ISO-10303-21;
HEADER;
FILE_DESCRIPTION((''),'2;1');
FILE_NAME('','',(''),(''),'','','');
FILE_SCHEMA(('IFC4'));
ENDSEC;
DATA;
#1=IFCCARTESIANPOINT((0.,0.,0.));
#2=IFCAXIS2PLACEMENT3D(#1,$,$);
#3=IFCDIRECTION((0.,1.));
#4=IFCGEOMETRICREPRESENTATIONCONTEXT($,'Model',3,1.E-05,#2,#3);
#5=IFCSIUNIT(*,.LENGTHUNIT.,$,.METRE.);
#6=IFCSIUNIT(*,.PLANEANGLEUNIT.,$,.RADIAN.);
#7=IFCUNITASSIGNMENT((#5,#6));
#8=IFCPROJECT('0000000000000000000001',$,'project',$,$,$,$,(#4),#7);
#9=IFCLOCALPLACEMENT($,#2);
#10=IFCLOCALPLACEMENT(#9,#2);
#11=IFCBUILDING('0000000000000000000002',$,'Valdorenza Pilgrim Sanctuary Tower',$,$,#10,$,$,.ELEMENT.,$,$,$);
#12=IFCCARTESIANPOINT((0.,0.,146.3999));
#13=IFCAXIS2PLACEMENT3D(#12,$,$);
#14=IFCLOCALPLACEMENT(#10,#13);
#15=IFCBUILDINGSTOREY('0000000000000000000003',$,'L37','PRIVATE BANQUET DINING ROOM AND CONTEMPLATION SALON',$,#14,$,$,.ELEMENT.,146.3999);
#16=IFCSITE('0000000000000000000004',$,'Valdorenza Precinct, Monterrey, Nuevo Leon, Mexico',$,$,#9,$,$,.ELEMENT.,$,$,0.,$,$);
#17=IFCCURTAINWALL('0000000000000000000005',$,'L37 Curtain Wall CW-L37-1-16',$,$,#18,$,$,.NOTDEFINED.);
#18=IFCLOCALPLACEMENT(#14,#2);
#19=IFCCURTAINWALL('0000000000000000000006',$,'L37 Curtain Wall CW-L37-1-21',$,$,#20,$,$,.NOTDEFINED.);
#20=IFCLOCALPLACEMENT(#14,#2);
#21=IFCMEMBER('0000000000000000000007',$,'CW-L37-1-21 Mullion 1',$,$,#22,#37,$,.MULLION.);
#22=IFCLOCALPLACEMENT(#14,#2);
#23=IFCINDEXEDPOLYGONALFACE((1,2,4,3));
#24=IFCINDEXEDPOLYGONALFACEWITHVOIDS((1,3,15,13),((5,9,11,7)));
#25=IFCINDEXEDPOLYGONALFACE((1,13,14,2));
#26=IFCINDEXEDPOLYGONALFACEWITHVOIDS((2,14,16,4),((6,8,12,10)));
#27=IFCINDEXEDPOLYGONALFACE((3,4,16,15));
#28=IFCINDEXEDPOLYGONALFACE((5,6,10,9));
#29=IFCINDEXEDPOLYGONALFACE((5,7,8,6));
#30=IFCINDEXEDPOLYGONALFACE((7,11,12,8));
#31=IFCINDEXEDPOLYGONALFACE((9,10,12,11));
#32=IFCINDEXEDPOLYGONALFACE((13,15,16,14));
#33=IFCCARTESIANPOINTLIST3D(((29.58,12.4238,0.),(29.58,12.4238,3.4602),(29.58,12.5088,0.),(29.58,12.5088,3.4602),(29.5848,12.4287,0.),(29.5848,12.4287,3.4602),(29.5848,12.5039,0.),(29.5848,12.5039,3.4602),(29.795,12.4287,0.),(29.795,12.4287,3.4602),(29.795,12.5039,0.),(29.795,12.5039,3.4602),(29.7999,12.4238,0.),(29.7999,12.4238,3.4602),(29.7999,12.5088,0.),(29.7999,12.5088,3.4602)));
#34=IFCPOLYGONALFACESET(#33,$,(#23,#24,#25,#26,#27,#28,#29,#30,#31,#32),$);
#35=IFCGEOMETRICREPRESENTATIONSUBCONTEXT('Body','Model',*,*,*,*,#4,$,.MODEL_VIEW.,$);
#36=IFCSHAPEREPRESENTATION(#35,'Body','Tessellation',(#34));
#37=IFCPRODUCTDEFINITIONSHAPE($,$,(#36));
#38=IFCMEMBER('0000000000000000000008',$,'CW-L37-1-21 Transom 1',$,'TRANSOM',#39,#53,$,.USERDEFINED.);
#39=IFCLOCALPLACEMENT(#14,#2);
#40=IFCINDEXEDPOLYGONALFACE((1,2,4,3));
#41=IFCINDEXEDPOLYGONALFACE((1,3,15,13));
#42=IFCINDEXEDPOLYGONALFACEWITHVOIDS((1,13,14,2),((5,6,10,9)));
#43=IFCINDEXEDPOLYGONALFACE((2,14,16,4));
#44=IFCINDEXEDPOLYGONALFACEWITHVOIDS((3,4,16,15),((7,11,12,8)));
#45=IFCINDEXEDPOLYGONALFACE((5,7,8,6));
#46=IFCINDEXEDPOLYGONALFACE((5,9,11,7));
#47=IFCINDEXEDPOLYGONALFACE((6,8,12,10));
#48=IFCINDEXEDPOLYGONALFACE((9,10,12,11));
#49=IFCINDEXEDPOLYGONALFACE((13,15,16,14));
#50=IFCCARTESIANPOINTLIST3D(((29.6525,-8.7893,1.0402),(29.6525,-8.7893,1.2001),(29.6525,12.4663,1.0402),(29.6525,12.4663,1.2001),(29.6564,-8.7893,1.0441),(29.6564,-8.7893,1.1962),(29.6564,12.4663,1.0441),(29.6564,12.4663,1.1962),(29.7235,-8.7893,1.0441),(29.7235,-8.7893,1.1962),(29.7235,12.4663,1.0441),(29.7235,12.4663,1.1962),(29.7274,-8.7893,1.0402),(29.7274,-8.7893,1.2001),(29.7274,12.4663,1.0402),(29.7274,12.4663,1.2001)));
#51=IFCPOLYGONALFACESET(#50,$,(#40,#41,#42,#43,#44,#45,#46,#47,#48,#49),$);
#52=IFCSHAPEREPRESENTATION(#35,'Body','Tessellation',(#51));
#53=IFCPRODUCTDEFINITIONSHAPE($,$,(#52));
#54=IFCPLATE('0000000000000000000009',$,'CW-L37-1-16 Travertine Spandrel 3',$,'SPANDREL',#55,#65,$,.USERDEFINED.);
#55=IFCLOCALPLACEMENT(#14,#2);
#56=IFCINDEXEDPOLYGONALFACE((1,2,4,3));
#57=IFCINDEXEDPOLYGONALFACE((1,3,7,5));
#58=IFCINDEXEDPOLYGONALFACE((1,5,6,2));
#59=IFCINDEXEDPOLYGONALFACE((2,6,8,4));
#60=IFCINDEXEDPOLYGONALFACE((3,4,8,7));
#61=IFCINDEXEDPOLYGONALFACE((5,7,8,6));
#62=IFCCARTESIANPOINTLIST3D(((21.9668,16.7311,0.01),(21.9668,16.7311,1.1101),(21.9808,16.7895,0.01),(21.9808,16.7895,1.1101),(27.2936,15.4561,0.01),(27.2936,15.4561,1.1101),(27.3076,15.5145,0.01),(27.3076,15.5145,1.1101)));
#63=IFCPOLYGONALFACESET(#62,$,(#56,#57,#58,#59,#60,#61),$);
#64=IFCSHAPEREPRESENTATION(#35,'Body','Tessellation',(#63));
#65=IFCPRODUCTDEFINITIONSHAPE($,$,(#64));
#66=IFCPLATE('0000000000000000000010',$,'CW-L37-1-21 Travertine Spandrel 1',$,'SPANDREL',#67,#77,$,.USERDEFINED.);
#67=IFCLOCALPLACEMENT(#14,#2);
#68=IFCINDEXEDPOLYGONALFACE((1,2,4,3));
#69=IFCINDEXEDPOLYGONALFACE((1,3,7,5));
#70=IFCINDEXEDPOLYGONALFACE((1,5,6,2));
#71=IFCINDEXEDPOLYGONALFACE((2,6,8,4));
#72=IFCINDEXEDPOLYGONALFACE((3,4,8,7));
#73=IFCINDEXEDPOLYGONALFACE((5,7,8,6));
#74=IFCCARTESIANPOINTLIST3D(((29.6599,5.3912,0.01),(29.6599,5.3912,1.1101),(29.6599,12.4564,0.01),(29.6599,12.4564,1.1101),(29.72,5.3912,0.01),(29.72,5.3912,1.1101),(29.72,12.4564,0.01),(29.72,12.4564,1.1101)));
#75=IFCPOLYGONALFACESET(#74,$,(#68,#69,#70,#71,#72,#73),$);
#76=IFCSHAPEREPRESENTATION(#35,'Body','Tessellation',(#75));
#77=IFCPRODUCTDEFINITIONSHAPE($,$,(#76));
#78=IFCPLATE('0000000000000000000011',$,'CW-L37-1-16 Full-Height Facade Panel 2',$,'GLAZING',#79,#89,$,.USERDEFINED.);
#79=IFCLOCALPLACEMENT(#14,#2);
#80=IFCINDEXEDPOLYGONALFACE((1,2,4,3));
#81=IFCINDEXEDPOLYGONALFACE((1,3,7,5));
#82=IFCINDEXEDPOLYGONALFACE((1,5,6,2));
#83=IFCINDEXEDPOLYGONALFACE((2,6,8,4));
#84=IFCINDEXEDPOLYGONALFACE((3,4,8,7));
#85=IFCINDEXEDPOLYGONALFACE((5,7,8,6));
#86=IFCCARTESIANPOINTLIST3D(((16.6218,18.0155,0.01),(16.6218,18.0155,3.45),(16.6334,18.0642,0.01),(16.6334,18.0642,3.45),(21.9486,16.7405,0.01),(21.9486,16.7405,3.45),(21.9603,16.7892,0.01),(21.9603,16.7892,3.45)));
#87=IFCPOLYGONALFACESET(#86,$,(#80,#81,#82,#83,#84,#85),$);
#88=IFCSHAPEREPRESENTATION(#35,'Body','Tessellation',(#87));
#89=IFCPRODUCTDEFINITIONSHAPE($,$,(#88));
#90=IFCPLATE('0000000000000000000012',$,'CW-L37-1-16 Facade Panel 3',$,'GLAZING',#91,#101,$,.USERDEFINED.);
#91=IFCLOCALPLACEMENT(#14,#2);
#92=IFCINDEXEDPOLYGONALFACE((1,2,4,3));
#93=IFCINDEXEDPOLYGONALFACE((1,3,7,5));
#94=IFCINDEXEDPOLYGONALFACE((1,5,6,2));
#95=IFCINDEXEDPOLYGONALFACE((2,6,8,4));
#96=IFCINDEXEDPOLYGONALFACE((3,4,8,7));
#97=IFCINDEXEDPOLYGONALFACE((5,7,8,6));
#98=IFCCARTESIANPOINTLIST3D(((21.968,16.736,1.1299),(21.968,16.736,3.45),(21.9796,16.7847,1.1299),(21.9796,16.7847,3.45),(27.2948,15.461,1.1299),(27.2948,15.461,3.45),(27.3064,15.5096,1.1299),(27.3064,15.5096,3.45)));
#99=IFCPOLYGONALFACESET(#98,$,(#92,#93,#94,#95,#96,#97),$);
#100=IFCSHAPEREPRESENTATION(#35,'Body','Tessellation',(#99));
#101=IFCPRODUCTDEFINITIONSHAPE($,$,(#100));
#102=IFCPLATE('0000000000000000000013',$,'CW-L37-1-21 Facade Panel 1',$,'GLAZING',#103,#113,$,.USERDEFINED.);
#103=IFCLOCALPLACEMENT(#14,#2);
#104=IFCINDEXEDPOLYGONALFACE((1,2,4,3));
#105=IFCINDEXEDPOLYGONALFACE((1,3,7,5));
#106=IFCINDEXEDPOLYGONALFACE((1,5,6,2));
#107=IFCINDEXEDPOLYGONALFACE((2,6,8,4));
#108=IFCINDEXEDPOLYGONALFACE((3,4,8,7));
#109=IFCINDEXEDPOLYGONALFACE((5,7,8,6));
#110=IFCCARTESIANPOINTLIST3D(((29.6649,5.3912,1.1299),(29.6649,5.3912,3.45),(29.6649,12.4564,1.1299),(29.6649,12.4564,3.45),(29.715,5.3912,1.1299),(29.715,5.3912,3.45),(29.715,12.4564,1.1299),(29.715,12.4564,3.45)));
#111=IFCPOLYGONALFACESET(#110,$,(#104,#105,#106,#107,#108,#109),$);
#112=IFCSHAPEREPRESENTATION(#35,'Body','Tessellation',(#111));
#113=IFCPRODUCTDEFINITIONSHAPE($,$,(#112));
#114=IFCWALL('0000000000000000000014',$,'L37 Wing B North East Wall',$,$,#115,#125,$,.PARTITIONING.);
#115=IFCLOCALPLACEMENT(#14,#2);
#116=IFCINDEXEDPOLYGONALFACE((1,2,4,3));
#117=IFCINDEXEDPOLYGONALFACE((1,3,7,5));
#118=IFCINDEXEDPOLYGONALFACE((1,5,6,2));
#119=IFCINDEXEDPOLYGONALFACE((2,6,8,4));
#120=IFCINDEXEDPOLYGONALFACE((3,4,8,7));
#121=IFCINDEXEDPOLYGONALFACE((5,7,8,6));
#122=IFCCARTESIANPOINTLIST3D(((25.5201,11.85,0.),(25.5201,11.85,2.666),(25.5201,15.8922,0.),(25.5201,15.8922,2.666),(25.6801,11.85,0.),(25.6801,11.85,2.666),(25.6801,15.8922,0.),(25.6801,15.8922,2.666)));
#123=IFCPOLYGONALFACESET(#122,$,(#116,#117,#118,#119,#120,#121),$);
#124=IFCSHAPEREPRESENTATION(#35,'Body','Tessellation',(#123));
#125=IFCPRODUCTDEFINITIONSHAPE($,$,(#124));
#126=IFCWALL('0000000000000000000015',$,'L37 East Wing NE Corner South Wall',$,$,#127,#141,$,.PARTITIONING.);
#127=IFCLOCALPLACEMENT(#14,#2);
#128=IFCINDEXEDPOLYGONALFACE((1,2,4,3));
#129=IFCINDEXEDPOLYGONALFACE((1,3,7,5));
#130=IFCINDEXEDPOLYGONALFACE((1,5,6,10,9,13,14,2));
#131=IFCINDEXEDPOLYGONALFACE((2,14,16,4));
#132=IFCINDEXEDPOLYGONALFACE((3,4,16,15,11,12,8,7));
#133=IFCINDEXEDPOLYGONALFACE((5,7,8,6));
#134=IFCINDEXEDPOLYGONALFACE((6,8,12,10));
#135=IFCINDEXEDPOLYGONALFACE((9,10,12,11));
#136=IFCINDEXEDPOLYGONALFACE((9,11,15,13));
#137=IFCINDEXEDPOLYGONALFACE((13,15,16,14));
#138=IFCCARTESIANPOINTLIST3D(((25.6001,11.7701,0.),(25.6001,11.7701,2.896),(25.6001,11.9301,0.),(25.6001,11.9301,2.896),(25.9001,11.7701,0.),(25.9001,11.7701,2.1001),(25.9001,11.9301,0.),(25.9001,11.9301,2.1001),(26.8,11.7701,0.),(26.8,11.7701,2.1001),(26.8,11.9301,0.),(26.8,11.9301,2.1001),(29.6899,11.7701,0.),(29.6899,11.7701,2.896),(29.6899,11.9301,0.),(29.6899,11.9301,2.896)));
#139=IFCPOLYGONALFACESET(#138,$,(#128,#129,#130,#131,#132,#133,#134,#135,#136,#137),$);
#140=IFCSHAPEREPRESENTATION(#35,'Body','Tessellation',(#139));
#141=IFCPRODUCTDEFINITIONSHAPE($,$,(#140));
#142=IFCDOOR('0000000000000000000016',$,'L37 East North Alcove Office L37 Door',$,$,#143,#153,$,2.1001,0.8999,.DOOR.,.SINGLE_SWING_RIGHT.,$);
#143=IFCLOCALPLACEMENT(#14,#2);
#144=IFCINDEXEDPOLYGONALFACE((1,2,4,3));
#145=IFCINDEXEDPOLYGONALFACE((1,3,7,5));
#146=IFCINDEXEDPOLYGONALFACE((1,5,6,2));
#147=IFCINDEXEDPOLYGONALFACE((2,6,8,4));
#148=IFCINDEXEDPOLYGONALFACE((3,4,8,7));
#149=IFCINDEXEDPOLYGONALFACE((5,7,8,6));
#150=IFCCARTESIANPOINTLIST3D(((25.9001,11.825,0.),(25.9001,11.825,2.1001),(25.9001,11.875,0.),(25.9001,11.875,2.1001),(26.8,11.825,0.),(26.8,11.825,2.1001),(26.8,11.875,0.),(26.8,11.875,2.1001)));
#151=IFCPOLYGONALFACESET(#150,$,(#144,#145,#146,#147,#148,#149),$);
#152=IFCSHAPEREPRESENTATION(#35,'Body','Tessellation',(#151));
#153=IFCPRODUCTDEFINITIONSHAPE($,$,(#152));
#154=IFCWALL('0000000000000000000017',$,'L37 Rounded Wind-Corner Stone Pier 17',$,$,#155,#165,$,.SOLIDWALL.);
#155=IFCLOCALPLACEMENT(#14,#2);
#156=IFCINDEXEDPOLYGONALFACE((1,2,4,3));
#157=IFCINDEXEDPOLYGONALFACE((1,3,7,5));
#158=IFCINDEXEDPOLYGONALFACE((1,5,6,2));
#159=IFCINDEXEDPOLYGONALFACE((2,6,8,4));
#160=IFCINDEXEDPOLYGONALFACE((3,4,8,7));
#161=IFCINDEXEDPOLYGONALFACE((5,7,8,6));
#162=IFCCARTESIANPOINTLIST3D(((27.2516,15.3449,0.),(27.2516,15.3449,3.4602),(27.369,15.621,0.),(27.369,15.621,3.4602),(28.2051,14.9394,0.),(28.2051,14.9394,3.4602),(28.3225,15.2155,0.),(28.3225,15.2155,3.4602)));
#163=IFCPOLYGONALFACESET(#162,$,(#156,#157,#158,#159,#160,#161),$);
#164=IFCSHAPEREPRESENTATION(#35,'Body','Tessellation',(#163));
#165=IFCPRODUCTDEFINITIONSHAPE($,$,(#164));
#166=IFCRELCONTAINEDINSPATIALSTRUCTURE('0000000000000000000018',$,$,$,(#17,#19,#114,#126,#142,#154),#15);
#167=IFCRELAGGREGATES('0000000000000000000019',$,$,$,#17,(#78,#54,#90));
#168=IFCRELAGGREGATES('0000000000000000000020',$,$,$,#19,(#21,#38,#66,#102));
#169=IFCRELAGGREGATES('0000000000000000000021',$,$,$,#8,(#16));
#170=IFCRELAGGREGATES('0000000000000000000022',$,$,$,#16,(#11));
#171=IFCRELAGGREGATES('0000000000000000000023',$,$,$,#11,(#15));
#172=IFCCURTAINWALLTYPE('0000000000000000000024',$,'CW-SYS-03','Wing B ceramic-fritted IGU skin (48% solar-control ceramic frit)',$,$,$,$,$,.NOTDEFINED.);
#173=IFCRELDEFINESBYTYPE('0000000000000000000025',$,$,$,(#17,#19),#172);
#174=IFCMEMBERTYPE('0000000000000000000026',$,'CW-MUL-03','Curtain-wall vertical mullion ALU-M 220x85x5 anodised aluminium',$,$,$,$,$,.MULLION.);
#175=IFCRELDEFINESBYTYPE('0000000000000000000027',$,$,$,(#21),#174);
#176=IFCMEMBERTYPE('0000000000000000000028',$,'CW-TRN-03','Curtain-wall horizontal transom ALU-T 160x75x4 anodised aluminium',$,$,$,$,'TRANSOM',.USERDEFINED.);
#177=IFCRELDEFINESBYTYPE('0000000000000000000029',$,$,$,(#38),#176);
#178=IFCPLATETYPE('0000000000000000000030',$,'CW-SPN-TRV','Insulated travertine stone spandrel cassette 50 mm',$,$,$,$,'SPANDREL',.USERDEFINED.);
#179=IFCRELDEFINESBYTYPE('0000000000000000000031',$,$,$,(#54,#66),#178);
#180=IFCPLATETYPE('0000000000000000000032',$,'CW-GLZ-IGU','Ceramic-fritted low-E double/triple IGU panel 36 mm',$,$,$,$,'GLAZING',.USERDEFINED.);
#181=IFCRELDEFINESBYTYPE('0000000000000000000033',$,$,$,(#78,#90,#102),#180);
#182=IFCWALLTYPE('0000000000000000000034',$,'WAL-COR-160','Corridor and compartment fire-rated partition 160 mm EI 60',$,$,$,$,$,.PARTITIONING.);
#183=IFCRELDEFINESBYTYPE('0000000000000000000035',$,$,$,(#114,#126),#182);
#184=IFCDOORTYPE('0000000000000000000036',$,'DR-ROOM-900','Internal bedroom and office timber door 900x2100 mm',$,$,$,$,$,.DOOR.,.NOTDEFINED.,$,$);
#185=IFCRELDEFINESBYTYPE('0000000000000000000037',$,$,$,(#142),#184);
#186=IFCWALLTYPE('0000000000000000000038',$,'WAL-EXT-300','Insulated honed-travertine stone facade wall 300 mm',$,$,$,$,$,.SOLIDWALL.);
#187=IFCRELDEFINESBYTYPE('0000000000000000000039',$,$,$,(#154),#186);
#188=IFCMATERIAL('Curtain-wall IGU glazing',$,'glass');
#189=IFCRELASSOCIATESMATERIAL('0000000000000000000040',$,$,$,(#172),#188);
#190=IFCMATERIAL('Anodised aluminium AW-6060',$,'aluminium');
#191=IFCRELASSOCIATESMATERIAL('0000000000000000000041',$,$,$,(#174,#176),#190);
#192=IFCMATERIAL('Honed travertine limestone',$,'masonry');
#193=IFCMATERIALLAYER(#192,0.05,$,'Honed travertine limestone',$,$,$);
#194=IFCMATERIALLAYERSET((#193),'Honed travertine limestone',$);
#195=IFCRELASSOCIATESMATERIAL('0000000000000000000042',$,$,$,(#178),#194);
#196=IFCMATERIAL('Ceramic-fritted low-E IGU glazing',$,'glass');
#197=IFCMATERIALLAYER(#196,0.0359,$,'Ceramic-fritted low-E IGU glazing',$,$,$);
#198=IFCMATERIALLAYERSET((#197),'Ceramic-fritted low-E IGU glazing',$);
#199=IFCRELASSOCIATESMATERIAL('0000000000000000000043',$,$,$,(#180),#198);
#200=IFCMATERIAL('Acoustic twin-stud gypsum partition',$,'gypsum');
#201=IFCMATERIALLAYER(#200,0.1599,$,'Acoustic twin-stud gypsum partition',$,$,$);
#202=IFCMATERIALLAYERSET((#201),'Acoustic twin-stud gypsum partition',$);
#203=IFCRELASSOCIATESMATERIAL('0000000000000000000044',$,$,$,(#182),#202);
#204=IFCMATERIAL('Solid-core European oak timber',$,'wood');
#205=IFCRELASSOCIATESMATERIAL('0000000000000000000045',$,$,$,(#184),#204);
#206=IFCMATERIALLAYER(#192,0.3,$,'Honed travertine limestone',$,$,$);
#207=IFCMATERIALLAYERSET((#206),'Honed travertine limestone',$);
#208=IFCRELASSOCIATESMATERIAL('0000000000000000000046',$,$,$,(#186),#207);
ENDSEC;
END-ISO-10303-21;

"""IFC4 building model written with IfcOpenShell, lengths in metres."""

from ifc_helpers import new_model, si_unit, direction, frame, frame_2d, origin, origin_2d, place, context, subcontext, project, spatial, rectangle, hollow_rectangle, extrude, source, transform, mapped, material, layer, layer_set, material_profile, profile_set, type_object, element, fill, aggregate, save


model = new_model("IFC4")

# Units and contexts
model_context = context("Model", 3, precision=1e-05, world=origin(), true_north=direction((0.0, 1.0)))
body_context = subcontext(model_context, "Body", "Model", "MODEL_VIEW")
ifc_project = project(units=[si_unit("LENGTHUNIT", "METRE"), si_unit("PLANEANGLEUNIT", "RADIAN")], contexts=[model_context])

# Site, building, storey
site_placement = place(None, origin())
site = spatial("IfcSite", under=ifc_project, at=site_placement, Name="Valdorenza Precinct, Monterrey, Nuevo Leon, Mexico", CompositionType="ELEMENT", RefElevation=0.0)
building_placement = place(site_placement, origin())
building = spatial("IfcBuilding", under=site, at=building_placement, Name="Valdorenza Pilgrim Sanctuary Tower", CompositionType="ELEMENT")
storey_placement = place(building_placement, frame((0.0, 0.0, 146.3999)))
storey = spatial("IfcBuildingStorey", under=building, at=storey_placement, Name="L37", Description="PRIVATE BANQUET DINING ROOM AND CONTEMPLATION SALON", CompositionType="ELEMENT", Elevation=146.3999)

# Curtain walls, members
ifc_material_1 = material(Name="Curtain-wall IGU glazing", Category="glass")
curtain_wall_type = type_object("IfcCurtainWallType", Name="CW-SYS-03", Description="Wing B ceramic-fritted IGU skin (48% solar-control ceramic frit)", PredefinedType="NOTDEFINED", material=ifc_material_1)
curtain_wall_1_placement = place(storey_placement, origin())
curtain_wall_1 = element("IfcCurtainWall", 1, at=curtain_wall_1_placement, inside=storey, type_object=curtain_wall_type, Name="L37 Curtain Wall CW-L37-1-16", PredefinedType="NOTDEFINED")
ifc_material_2 = material(Name="Anodised aluminium AW-6060", Category="aluminium")
ifc_material_profile_1 = material_profile(ifc_material_2, hollow_rectangle(XDim=0.085, YDim=0.22, WallThickness=0.0049, at=origin_2d()), Name="ALU-M 220x85x5")
ifc_profile_set_1 = profile_set([ifc_material_profile_1], Name="Anodised aluminium AW-6060")
member_type_1 = type_object("IfcMemberType", Name="CW-MUL-03", Description="Curtain-wall vertical mullion ALU-M 220x85x5 anodised aluminium", PredefinedType="MULLION", material=ifc_profile_set_1)
shared_shape_1 = source(origin(), body_context, "Body", "SweptSolid", [
    extrude(hollow_rectangle(XDim=0.085, YDim=0.22, WallThickness=0.0049, at=origin_2d()), origin(), (0.0, 0.0, 1.0), 3.4602),
])
curtain_wall_2_placement = place(storey_placement, origin())
curtain_wall_2 = element("IfcCurtainWall", 2, at=curtain_wall_2_placement, inside=storey, type_object=curtain_wall_type, Name="L37 Curtain Wall CW-L37-1-21", PredefinedType="NOTDEFINED")
member_1_placement = place(storey_placement, frame((29.6899, 12.4663, 0.0), z_axis=(0.0, 0.0, 1.0), x_axis=(0.0, -1.0, 0.0)))
member_1 = element("IfcMember", 3, at=member_1_placement, type_object=member_type_1, Name="CW-L37-1-21 Mullion 1", PredefinedType="MULLION", context=body_context, shape_type="MappedRepresentation", body=[
    mapped(shared_shape_1, transform((0.0, 0.0, 0.0), x_axis=(1.0, 0.0, 0.0), y_axis=(0.0, 1.0, 0.0), z_axis=(0.0, 0.0, 1.0), scale=1.0)),
])
ifc_material_profile_2 = material_profile(ifc_material_2, hollow_rectangle(XDim=0.075, YDim=0.1599, WallThickness=0.0039, at=origin_2d()), Name="ALU-T 160x75x4")
ifc_profile_set_2 = profile_set([ifc_material_profile_2], Name="Anodised aluminium AW-6060")
member_type_2 = type_object("IfcMemberType", Name="CW-TRN-03", Description="Curtain-wall horizontal transom ALU-T 160x75x4 anodised aluminium", ElementType="TRANSOM", PredefinedType="USERDEFINED", material=ifc_profile_set_2)
shared_shape_2 = source(origin(), body_context, "Body", "SweptSolid", [
    extrude(hollow_rectangle(XDim=0.075, YDim=0.1599, WallThickness=0.0039, at=origin_2d()), origin(), (0.0, 0.0, 1.0), 21.2556),
])
member_2_placement = place(storey_placement, frame((29.6899, 12.4663, 1.1201), z_axis=(0.0, -1.0, 0.0), x_axis=(1.0, 0.0, 0.0)))
member_2 = element("IfcMember", 4, at=member_2_placement, type_object=member_type_2, Name="CW-L37-1-21 Transom 1", ObjectType="TRANSOM", PredefinedType="USERDEFINED", context=body_context, shape_type="MappedRepresentation", body=[
    mapped(shared_shape_2, transform((0.0, 0.0, 0.0), x_axis=(1.0, 0.0, 0.0), y_axis=(0.0, 1.0, 0.0), z_axis=(0.0, 0.0, 1.0), scale=1.0)),
])

# Plates
ifc_material_3 = material(Name="Honed travertine limestone", Category="masonry")
ifc_layer_1 = layer(ifc_material_3, 0.05, Name="Honed travertine limestone")
ifc_layer_set_1 = layer_set([ifc_layer_1], Name="Honed travertine limestone")
plate_type_1 = type_object("IfcPlateType", Name="CW-SPN-TRV", Description="Insulated travertine stone spandrel cassette 50 mm", ElementType="SPANDREL", PredefinedType="USERDEFINED", material=ifc_layer_set_1)
shared_shape_3 = source(origin(), body_context, "Body", "SweptSolid", [
    extrude(rectangle(XDim=5.4773, YDim=0.0601, at=origin_2d()), origin(), (0.0, 0.0, 1.0), 1.1001),
])
plate_1_placement = place(storey_placement, frame((24.6372, 16.1228, 0.01), z_axis=(0.0, 0.0, 1.0), x_axis=(0.972529, -0.232783, 0.0)))
plate_1 = element("IfcPlate", 5, at=plate_1_placement, type_object=plate_type_1, Name="CW-L37-1-16 Travertine Spandrel 3", ObjectType="SPANDREL", PredefinedType="USERDEFINED", context=body_context, shape_type="MappedRepresentation", body=[
    mapped(shared_shape_3, transform((0.0, 0.0, 0.0), x_axis=(1.0, 0.0, 0.0), y_axis=(0.0, 1.0, 0.0), z_axis=(0.0, 0.0, 1.0), scale=1.0)),
])
shared_shape_4 = source(origin(), body_context, "Body", "SweptSolid", [
    extrude(rectangle(XDim=7.0652, YDim=0.0601, at=origin_2d()), origin(), (0.0, 0.0, 1.0), 1.1001),
])
plate_2_placement = place(storey_placement, frame((29.6899, 8.9238, 0.01), z_axis=(0.0, 0.0, 1.0), x_axis=(0.0, -1.0, 0.0)))
plate_2 = element("IfcPlate", 6, at=plate_2_placement, type_object=plate_type_1, Name="CW-L37-1-21 Travertine Spandrel 1", ObjectType="SPANDREL", PredefinedType="USERDEFINED", context=body_context, shape_type="MappedRepresentation", body=[
    mapped(shared_shape_4, transform((0.0, 0.0, 0.0), x_axis=(1.0, 0.0, 0.0), y_axis=(0.0, 1.0, 0.0), z_axis=(0.0, 0.0, 1.0), scale=1.0)),
])
ifc_material_4 = material(Name="Ceramic-fritted low-E IGU glazing", Category="glass")
ifc_layer_2 = layer(ifc_material_4, 0.0359, Name="Ceramic-fritted low-E IGU glazing")
ifc_layer_set_2 = layer_set([ifc_layer_2], Name="Ceramic-fritted low-E IGU glazing")
plate_type_2 = type_object("IfcPlateType", Name="CW-GLZ-IGU", Description="Ceramic-fritted low-E double/triple IGU panel 36 mm", ElementType="GLAZING", PredefinedType="USERDEFINED", material=ifc_layer_set_2)
shared_shape_5 = source(origin(), body_context, "Body", "SweptSolid", [
    extrude(rectangle(XDim=5.4773, YDim=0.05, at=origin_2d()), origin(), (0.0, 0.0, 1.0), 3.4399),
])
plate_3_placement = place(storey_placement, frame((19.291, 17.4023, 0.01), z_axis=(0.0, 0.0, 1.0), x_axis=(0.972529, -0.232783, 0.0)))
plate_3 = element("IfcPlate", 7, at=plate_3_placement, type_object=plate_type_2, Name="CW-L37-1-16 Full-Height Facade Panel 2", ObjectType="GLAZING", PredefinedType="USERDEFINED", context=body_context, shape_type="MappedRepresentation", body=[
    mapped(shared_shape_5, transform((0.0, 0.0, 0.0), x_axis=(1.0, 0.0, 0.0), y_axis=(0.0, 1.0, 0.0), z_axis=(0.0, 0.0, 1.0), scale=1.0)),
])
shared_shape_6 = source(origin(), body_context, "Body", "SweptSolid", [
    extrude(rectangle(XDim=5.4773, YDim=0.05, at=origin_2d()), origin(), (0.0, 0.0, 1.0), 2.3201),
])
plate_4_placement = place(storey_placement, frame((24.6372, 16.1228, 1.1299), z_axis=(0.0, 0.0, 1.0), x_axis=(0.972529, -0.232783, 0.0)))
plate_4 = element("IfcPlate", 8, at=plate_4_placement, type_object=plate_type_2, Name="CW-L37-1-16 Facade Panel 3", ObjectType="GLAZING", PredefinedType="USERDEFINED", context=body_context, shape_type="MappedRepresentation", body=[
    mapped(shared_shape_6, transform((0.0, 0.0, 0.0), x_axis=(1.0, 0.0, 0.0), y_axis=(0.0, 1.0, 0.0), z_axis=(0.0, 0.0, 1.0), scale=1.0)),
])
aggregate(curtain_wall_1, [plate_3, plate_1, plate_4])
shared_shape_7 = source(origin(), body_context, "Body", "SweptSolid", [
    extrude(rectangle(XDim=7.0652, YDim=0.05, at=origin_2d()), origin(), (0.0, 0.0, 1.0), 2.3201),
])
plate_5_placement = place(storey_placement, frame((29.6899, 8.9238, 1.1299), z_axis=(0.0, 0.0, 1.0), x_axis=(0.0, -1.0, 0.0)))
plate_5 = element("IfcPlate", 9, at=plate_5_placement, type_object=plate_type_2, Name="CW-L37-1-21 Facade Panel 1", ObjectType="GLAZING", PredefinedType="USERDEFINED", context=body_context, shape_type="MappedRepresentation", body=[
    mapped(shared_shape_7, transform((0.0, 0.0, 0.0), x_axis=(1.0, 0.0, 0.0), y_axis=(0.0, 1.0, 0.0), z_axis=(0.0, 0.0, 1.0), scale=1.0)),
])
aggregate(curtain_wall_2, [member_1, member_2, plate_2, plate_5])

# Wall
ifc_material_5 = material(Name="Acoustic twin-stud gypsum partition", Category="gypsum")
ifc_layer_3 = layer(ifc_material_5, 0.1599, Name="Acoustic twin-stud gypsum partition")
ifc_layer_set_3 = layer_set([ifc_layer_3], Name="Acoustic twin-stud gypsum partition")
wall_type_1 = type_object("IfcWallType", Name="WAL-COR-160", Description="Corridor and compartment fire-rated partition 160 mm EI 60", PredefinedType="PARTITIONING", material=ifc_layer_set_3)
wall_1_placement = place(storey_placement, frame((25.6001, 11.8501, 0.0), z_axis=(0.0, 0.0, 1.0), x_axis=(0.0, 1.0, 0.0)))
element("IfcWall", 10, at=wall_1_placement, inside=storey, type_object=wall_type_1, Name="L37 Wing B North East Wall", PredefinedType="PARTITIONING", context=body_context, shape_type="SweptSolid", body=[
    extrude(rectangle(XDim=4.0422, YDim=0.1599, at=frame_2d((2.021, 0.0))), origin(), (0.0, 0.0, 1.0), 2.666),
])

# Wall, opening, door
wall_2_placement = place(storey_placement, frame((25.6001, 11.8501, 0.0), z_axis=(0.0, 0.0, 1.0), x_axis=(1.0, 0.0, 0.0)))
wall_2 = element("IfcWall", 11, at=wall_2_placement, inside=storey, type_object=wall_type_1, Name="L37 East Wing NE Corner South Wall", PredefinedType="PARTITIONING", context=body_context, shape_type="SweptSolid", body=[
    extrude(rectangle(XDim=4.0898, YDim=0.1599, at=frame_2d((2.0449, 0.0))), origin(), (0.0, 0.0, 1.0), 2.896),
])
opening_placement = place(wall_2_placement, frame((0.3, 0.0, 0.0)))
opening = element("IfcOpeningElement", 12, at=opening_placement, cuts=wall_2, PredefinedType="OPENING", context=body_context, shape_type="SweptSolid", body=[
    extrude(rectangle(XDim=0.8999, YDim=2.1001, at=frame_2d((0.45, 1.05))), frame((0.0, 0.0947, 0.0), z_axis=(0.0, -1.0, 0.0), x_axis=(1.0, 0.0, 0.0)), (0.0, 0.0, 1.0), 0.1897),
])
ifc_material_6 = material(Name="Solid-core European oak timber", Category="wood")
door_type = type_object("IfcDoorType", Name="DR-ROOM-900", Description="Internal bedroom and office timber door 900x2100 mm", OperationType="NOTDEFINED", PredefinedType="DOOR", material=ifc_material_6)
door_placement = place(opening_placement, origin())
door = element("IfcDoor", 13, at=door_placement, inside=storey, type_object=door_type, Name="L37 East North Alcove Office L37 Door", OperationType="SINGLE_SWING_RIGHT", OverallHeight=2.1001, OverallWidth=0.8999, PredefinedType="DOOR", context=body_context, shape_type="SweptSolid", body=[
    extrude(rectangle(XDim=0.8999, YDim=2.1001, at=frame_2d((0.45, 1.05))), frame((0.0, 0.0249, 0.0), z_axis=(0.0, -1.0, 0.0), x_axis=(1.0, 0.0, 0.0)), (0.0, 0.0, 1.0), 0.05),
])
fill(opening, door)

# Wall
ifc_layer_4 = layer(ifc_material_3, 0.3, Name="Honed travertine limestone")
ifc_layer_set_4 = layer_set([ifc_layer_4], Name="Honed travertine limestone")
wall_type_2 = type_object("IfcWallType", Name="WAL-EXT-300", Description="Insulated honed-travertine stone facade wall 300 mm", PredefinedType="SOLIDWALL", material=ifc_layer_set_4)
wall_3_placement = place(storey_placement, frame((27.3103, 15.4829, 0.0), z_axis=(0.0, 0.0, 1.0), x_axis=(0.92025, -0.39133, 0.0)))
element("IfcWall", 14, at=wall_3_placement, inside=storey, type_object=wall_type_2, Name="L37 Rounded Wind-Corner Stone Pier 17", PredefinedType="SOLIDWALL", context=body_context, shape_type="SweptSolid", body=[
    extrude(rectangle(XDim=1.0361, YDim=0.3, at=frame_2d((0.5181, 0.0))), origin(), (0.0, 0.0, 1.0), 3.4602),
])

save(model, "model.ifc")
